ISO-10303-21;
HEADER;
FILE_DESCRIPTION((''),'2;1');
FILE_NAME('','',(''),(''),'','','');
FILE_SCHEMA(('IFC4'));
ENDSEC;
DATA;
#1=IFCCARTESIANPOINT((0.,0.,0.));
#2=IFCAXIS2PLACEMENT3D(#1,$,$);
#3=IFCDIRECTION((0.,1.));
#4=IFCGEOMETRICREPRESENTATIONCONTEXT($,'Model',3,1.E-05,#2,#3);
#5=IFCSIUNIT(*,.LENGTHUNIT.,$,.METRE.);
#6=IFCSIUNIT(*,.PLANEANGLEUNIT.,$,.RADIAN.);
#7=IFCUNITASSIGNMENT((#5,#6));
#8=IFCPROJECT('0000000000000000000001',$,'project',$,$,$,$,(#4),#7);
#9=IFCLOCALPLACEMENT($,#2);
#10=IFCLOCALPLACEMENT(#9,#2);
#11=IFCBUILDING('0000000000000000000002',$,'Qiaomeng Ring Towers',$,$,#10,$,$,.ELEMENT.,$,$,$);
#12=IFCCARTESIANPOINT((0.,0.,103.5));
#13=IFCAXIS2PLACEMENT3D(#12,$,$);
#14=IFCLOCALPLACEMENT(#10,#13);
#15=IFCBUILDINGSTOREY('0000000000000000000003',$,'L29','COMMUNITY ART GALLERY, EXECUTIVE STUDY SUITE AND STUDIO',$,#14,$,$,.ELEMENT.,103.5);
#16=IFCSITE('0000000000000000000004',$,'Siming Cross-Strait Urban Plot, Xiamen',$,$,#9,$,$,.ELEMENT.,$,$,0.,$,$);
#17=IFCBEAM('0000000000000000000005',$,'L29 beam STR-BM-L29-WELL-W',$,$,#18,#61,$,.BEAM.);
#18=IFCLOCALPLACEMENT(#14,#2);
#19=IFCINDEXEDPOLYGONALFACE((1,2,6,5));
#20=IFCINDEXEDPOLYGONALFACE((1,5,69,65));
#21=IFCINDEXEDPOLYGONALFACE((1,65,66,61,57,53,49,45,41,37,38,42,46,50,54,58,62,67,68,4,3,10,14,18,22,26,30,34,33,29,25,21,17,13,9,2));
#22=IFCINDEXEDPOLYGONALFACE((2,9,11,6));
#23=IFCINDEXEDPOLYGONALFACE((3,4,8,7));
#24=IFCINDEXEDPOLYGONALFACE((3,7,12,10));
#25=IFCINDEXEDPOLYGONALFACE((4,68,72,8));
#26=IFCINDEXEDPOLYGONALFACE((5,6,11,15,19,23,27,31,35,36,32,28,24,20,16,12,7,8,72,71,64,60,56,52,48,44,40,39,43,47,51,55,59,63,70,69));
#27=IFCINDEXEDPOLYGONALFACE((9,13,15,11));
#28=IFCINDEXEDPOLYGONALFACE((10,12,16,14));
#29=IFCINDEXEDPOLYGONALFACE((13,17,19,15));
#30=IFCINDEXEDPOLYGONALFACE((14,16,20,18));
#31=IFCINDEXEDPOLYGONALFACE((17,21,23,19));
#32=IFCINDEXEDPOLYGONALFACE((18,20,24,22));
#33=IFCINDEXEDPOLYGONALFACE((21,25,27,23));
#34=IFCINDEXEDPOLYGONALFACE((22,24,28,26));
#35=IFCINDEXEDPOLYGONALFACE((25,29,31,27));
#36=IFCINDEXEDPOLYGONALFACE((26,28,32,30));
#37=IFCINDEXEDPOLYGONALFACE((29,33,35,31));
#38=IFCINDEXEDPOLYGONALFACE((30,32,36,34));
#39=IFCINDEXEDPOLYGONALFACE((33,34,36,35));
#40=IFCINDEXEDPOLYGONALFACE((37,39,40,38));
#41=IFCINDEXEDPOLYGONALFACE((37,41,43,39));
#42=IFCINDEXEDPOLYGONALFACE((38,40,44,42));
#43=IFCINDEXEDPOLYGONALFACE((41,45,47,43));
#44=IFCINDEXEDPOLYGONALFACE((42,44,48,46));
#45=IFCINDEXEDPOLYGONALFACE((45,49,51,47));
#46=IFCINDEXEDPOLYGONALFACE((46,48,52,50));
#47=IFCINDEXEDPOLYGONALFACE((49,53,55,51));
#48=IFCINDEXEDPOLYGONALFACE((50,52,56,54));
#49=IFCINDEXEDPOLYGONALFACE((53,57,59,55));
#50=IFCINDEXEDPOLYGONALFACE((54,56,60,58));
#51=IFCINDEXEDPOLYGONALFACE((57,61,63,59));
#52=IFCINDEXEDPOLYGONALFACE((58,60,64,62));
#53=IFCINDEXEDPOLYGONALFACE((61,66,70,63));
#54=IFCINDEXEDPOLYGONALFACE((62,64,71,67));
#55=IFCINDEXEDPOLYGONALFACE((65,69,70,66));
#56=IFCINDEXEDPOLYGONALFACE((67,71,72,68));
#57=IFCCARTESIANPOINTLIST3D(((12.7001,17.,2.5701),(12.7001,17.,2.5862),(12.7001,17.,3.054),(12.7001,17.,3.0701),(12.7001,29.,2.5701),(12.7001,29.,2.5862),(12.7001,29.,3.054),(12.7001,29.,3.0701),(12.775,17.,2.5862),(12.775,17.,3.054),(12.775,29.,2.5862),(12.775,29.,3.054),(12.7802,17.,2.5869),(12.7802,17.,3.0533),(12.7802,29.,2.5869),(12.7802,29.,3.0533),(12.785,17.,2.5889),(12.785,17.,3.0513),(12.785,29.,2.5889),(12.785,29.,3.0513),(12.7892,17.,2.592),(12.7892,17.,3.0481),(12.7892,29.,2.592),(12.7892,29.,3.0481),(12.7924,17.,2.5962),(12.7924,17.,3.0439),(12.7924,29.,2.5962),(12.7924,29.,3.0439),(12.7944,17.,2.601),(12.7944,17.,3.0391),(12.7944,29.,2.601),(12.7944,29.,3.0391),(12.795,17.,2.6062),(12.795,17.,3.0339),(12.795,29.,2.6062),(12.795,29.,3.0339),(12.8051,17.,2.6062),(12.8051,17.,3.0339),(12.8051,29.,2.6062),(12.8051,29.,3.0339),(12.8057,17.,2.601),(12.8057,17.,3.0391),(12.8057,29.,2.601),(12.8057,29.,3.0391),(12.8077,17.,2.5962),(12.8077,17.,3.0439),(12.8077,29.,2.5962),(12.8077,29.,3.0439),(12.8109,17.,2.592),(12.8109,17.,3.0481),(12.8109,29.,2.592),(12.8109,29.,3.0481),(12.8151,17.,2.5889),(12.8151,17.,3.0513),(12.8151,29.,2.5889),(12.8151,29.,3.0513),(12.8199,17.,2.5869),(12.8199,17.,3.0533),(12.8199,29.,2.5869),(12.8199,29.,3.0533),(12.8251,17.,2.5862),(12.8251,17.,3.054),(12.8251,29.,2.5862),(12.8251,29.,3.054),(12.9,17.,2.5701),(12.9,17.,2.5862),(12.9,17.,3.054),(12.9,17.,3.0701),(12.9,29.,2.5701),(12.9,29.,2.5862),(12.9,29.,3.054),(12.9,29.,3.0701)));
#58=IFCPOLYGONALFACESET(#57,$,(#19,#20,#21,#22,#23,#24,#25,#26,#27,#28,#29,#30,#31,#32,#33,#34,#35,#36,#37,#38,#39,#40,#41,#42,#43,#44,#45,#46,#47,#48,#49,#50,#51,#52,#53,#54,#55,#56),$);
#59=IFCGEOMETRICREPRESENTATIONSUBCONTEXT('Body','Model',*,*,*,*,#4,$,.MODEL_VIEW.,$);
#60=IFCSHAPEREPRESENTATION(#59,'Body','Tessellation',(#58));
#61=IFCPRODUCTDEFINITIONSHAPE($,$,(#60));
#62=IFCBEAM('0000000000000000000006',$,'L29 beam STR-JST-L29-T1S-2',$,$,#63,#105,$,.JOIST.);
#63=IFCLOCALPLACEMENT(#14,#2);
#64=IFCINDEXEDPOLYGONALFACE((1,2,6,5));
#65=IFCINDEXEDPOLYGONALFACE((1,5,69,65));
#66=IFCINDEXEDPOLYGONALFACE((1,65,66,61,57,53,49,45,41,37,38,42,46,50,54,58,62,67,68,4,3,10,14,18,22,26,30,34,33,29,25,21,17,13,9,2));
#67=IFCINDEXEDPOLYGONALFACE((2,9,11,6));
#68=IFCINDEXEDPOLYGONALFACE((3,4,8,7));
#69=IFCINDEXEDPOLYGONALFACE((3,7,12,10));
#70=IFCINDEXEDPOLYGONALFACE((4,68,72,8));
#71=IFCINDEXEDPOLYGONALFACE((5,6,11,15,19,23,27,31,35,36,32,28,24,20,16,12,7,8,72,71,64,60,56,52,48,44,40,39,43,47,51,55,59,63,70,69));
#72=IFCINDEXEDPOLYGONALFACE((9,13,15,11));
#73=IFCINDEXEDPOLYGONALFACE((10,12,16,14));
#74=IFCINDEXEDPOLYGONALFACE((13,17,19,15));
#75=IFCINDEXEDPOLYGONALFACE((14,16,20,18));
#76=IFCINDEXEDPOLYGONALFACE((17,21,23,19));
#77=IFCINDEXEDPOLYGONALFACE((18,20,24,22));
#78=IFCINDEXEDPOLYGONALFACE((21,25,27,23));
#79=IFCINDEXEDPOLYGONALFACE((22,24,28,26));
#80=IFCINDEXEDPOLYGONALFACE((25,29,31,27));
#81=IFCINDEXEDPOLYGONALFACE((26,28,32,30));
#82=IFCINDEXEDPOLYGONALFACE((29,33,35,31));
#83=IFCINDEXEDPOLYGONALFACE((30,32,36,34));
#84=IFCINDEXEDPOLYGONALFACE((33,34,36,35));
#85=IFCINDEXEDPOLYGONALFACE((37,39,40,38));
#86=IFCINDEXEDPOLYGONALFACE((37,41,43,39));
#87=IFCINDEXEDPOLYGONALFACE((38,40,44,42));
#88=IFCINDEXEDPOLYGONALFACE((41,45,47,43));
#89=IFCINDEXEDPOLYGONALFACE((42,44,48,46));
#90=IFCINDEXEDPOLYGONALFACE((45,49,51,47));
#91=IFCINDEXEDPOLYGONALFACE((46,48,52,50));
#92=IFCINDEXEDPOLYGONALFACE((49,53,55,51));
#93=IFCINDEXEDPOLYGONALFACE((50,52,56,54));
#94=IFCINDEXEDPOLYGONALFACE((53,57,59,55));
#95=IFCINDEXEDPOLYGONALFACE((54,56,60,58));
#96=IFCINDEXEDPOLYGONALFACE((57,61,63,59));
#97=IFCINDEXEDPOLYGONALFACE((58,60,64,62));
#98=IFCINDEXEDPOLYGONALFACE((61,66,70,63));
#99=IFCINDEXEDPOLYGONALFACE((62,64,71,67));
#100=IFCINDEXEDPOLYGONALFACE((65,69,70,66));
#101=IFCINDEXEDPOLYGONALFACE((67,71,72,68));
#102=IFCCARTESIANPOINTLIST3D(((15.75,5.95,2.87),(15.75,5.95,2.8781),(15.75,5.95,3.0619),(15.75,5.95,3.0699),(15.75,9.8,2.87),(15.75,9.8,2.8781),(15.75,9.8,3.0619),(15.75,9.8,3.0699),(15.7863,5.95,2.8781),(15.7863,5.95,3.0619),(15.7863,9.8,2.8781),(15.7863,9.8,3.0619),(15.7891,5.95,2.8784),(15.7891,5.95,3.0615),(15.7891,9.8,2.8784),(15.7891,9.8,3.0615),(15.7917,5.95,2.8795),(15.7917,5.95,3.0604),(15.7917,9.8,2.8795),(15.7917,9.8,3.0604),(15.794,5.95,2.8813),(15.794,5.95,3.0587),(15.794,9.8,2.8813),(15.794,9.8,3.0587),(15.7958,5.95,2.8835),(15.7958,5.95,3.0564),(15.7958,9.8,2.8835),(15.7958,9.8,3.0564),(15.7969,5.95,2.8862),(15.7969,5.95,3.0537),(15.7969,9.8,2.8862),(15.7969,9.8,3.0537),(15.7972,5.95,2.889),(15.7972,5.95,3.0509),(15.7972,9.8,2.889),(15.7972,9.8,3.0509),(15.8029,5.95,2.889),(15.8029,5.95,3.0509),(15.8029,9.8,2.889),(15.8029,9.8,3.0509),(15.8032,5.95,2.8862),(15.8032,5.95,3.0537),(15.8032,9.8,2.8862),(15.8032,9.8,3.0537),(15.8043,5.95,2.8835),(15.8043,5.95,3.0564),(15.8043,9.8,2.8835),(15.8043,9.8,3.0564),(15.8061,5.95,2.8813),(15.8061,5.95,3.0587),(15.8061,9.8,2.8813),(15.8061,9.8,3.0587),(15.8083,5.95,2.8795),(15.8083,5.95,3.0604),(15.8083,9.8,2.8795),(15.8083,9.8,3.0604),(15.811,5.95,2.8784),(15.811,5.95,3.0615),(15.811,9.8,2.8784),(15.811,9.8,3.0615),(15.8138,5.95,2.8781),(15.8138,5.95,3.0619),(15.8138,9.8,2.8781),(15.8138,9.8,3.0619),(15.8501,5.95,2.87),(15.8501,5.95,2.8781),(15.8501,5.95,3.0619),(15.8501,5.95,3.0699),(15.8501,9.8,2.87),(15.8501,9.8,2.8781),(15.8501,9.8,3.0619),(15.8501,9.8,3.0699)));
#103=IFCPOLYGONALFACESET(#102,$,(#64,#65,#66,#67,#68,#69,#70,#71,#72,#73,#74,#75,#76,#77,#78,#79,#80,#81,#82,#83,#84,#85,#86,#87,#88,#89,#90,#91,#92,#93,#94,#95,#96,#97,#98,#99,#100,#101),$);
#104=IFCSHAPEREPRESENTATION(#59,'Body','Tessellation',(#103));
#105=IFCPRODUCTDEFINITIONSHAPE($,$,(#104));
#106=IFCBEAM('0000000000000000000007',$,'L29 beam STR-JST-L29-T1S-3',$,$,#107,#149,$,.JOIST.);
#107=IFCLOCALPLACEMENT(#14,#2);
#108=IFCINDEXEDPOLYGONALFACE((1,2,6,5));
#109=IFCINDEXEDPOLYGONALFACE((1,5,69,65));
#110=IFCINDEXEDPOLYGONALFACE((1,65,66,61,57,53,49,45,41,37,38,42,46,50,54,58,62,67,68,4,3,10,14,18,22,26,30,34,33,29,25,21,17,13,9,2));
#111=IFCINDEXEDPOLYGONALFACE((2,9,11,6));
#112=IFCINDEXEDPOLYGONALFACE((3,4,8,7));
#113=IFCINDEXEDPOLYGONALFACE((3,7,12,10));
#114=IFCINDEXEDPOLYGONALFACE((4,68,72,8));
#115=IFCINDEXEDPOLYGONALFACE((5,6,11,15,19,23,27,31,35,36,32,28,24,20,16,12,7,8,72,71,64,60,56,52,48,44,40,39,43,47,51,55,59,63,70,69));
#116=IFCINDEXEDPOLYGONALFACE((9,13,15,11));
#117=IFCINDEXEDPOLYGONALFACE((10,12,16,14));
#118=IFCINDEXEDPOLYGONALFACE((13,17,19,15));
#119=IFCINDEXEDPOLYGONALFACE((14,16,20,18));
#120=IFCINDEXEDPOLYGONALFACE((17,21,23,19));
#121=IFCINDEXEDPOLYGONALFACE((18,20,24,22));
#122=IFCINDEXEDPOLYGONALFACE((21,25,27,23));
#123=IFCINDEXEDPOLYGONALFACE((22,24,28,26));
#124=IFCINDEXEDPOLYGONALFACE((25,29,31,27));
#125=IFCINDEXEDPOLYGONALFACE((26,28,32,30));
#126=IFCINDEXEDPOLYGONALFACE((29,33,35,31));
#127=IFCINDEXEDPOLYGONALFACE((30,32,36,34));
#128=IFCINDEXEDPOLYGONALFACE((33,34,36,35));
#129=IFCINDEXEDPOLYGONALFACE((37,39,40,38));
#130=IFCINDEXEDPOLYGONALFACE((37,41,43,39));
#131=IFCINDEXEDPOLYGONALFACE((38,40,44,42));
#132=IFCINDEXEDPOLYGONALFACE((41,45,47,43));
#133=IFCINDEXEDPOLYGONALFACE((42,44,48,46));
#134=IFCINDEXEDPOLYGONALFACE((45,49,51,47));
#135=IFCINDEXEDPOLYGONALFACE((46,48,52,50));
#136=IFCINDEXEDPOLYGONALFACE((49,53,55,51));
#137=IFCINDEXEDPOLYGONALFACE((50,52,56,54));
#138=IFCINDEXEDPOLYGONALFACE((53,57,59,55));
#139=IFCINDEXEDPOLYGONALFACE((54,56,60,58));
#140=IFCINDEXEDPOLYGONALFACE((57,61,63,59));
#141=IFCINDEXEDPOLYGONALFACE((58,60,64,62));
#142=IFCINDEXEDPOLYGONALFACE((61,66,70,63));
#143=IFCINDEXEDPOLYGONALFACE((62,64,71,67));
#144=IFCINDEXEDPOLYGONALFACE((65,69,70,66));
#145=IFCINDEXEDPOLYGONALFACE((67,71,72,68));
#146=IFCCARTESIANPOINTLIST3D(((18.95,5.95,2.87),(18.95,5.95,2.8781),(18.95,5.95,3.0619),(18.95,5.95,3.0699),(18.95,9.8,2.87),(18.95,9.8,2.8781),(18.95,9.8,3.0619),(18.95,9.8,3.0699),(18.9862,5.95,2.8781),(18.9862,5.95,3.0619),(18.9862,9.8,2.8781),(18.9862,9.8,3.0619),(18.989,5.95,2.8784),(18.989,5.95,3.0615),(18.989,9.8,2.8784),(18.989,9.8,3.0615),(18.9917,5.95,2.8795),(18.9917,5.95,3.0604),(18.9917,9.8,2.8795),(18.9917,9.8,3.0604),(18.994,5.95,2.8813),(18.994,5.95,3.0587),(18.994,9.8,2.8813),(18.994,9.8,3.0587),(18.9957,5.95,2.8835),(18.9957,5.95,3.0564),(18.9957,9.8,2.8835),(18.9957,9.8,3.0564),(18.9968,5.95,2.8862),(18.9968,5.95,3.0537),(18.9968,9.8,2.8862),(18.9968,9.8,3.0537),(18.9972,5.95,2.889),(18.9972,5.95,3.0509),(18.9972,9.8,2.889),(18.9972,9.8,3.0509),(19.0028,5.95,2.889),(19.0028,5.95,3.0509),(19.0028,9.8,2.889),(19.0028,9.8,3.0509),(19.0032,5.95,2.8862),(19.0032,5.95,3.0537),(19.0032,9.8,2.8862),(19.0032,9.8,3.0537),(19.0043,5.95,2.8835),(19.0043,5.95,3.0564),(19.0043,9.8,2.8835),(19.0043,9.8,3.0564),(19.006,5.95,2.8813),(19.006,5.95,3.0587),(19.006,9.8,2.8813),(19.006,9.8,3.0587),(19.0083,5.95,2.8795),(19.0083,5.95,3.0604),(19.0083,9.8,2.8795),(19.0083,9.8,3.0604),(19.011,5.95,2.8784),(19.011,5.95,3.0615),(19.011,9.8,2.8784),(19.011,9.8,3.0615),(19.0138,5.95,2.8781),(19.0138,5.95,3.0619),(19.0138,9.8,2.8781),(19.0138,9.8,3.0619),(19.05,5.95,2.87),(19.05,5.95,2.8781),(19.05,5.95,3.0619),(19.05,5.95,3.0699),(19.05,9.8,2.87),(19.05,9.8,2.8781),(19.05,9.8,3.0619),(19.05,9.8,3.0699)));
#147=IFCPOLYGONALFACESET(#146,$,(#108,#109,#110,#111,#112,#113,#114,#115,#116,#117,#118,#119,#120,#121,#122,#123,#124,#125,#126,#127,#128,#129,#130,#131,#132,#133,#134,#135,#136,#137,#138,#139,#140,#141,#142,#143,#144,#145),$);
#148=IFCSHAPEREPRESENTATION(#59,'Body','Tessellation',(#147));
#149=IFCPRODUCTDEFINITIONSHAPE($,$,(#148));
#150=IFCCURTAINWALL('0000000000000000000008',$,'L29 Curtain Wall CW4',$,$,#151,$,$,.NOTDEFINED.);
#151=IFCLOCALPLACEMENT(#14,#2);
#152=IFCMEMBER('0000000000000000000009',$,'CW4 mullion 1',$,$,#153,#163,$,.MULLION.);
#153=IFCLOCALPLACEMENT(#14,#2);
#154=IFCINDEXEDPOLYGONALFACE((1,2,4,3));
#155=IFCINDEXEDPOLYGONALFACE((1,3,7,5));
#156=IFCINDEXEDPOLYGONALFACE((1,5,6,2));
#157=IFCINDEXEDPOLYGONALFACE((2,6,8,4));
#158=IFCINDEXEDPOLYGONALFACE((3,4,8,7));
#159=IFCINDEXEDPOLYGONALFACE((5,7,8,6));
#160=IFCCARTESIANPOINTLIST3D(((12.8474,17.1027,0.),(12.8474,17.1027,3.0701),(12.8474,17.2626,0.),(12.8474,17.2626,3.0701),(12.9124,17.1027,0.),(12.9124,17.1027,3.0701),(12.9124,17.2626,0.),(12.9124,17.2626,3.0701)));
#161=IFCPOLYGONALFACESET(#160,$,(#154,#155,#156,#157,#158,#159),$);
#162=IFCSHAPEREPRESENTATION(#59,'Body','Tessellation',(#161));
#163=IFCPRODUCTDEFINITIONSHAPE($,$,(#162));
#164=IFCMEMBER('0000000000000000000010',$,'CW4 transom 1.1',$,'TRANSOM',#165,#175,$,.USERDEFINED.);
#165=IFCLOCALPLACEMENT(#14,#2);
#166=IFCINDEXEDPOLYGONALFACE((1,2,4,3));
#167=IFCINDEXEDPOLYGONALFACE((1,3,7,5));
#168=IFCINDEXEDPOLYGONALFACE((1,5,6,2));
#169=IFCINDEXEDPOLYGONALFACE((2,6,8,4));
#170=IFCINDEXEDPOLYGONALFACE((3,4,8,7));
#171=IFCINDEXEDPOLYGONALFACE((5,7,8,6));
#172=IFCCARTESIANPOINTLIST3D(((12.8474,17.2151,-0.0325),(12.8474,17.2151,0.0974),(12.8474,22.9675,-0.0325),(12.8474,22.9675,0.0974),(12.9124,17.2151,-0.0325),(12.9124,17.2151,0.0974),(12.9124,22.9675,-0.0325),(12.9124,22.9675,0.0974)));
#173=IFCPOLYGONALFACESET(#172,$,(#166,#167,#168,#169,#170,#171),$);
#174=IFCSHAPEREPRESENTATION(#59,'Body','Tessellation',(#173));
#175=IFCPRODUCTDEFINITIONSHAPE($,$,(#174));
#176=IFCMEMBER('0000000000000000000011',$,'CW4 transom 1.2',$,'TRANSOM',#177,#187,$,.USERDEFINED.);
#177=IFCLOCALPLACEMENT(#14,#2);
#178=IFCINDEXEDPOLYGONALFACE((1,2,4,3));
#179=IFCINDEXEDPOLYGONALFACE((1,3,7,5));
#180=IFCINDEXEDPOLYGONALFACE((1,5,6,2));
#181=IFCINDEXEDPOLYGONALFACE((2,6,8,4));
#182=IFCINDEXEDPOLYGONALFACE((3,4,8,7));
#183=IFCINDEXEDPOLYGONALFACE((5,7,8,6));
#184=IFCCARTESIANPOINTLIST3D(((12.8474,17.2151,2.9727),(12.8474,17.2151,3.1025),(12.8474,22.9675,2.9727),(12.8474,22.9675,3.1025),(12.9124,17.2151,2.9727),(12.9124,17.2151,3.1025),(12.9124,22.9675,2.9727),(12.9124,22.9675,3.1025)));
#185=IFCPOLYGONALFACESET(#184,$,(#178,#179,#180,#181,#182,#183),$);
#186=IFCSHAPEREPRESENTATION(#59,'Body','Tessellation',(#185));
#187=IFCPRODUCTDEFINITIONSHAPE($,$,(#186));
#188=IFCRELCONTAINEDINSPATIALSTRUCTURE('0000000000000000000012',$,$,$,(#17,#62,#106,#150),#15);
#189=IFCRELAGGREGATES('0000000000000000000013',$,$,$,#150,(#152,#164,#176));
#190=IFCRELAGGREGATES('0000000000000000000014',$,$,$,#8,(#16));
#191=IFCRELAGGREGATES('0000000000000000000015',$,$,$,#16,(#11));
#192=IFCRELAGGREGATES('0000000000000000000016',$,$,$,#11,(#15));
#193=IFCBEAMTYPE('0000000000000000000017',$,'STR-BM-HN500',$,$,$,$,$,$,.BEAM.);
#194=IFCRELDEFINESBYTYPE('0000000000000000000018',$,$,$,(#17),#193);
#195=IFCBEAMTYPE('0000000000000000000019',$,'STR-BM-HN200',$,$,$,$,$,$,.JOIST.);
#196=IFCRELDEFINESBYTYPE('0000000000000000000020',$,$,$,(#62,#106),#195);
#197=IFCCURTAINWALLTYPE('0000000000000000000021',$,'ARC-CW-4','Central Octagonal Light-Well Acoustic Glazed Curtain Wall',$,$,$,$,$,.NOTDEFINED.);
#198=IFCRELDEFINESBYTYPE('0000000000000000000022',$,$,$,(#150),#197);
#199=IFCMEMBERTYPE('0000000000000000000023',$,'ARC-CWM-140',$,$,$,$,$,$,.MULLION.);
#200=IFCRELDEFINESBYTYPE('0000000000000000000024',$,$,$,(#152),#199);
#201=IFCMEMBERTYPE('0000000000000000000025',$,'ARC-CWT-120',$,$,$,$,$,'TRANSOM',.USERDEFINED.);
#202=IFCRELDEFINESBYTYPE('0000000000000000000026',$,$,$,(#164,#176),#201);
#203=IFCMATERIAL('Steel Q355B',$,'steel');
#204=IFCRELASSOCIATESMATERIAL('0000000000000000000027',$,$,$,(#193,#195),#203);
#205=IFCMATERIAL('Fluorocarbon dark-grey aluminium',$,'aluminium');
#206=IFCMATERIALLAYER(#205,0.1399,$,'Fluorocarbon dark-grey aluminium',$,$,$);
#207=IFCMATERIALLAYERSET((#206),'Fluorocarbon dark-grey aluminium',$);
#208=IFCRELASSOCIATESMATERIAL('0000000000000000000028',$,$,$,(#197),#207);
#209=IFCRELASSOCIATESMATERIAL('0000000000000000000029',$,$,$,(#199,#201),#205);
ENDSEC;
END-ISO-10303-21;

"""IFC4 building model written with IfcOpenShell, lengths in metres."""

from ifc_helpers import new_model, si_unit, direction, frame, origin, origin_2d, place, context, subcontext, project, spatial, rectangle, i_section, extrude, source, transform, mapped, material, layer, layer_set, material_profile, profile_set, type_object, element, aggregate, save


model = new_model("IFC4")

# Units and contexts
model_context = context("Model", 3, precision=1e-05, world=origin(), true_north=direction((0.0, 1.0)))
body_context = subcontext(model_context, "Body", "Model", "MODEL_VIEW")
ifc_project = project(units=[si_unit("LENGTHUNIT", "METRE"), si_unit("PLANEANGLEUNIT", "RADIAN")], contexts=[model_context])

# Site, building, storey
site_placement = place(None, origin())
site = spatial("IfcSite", under=ifc_project, at=site_placement, Name="Siming Cross-Strait Urban Plot, Xiamen", CompositionType="ELEMENT", RefElevation=0.0)
building_placement = place(site_placement, origin())
building = spatial("IfcBuilding", under=site, at=building_placement, Name="Qiaomeng Ring Towers", CompositionType="ELEMENT")
storey_placement = place(building_placement, frame((0.0, 0.0, 103.5)))
storey = spatial("IfcBuildingStorey", under=building, at=storey_placement, Name="L29", Description="COMMUNITY ART GALLERY, EXECUTIVE STUDY SUITE AND STUDIO", CompositionType="ELEMENT", Elevation=103.5)

# Beams
ifc_material_1 = material(Name="Steel Q355B", Category="steel")
ifc_material_profile_1 = material_profile(ifc_material_1, i_section(OverallWidth=0.2, OverallDepth=0.5, WebThickness=0.01, FlangeThickness=0.0161, FilletRadius=0.02, at=origin_2d()), Name="HN 500x200x10x16")
ifc_profile_set_1 = profile_set([ifc_material_profile_1], Name="Steel Q355B")
beam_type_1 = type_object("IfcBeamType", Name="STR-BM-HN500", PredefinedType="BEAM", material=ifc_profile_set_1)
shared_shape_1 = source(origin(), body_context, "Body", "SweptSolid", [
    extrude(i_section(OverallWidth=0.2, OverallDepth=0.5, WebThickness=0.01, FlangeThickness=0.0161, FilletRadius=0.02, at=origin_2d()), origin(), (0.0, 0.0, 1.0), 12.0),
])
beam_placement = place(storey_placement, frame((12.8, 17.0, 2.8201), z_axis=(0.0, 1.0, 0.0), x_axis=(-1.0, 0.0, 0.0)))
element("IfcBeam", 1, at=beam_placement, inside=storey, type_object=beam_type_1, Name="L29 beam STR-BM-L29-WELL-W", PredefinedType="BEAM", context=body_context, shape_type="MappedRepresentation", body=[
    mapped(shared_shape_1, transform((0.0, 0.0, 0.0), x_axis=(1.0, 0.0, 0.0), y_axis=(0.0, 1.0, 0.0), z_axis=(0.0, 0.0, 1.0), scale=1.0)),
])
ifc_material_profile_2 = material_profile(ifc_material_1, i_section(OverallWidth=0.1001, OverallDepth=0.2, WebThickness=0.0056, FlangeThickness=0.0081, FilletRadius=0.011, at=origin_2d()), Name="HN 200x100x5.5x8")
ifc_profile_set_2 = profile_set([ifc_material_profile_2], Name="Steel Q355B")
beam_type_2 = type_object("IfcBeamType", Name="STR-BM-HN200", PredefinedType="JOIST", material=ifc_profile_set_2)
shared_shape_2 = source(origin(), body_context, "Body", "SweptSolid", [
    extrude(i_section(OverallWidth=0.1001, OverallDepth=0.2, WebThickness=0.0056, FlangeThickness=0.0081, FilletRadius=0.011, at=origin_2d()), origin(), (0.0, 0.0, 1.0), 3.8501),
])
for number, where, z_axis, x_axis, name in (
    (2, (15.8, 5.95, 2.97), (0.0, 1.0, 0.0), (-1.0, 0.0, 0.0), "L29 beam STR-JST-L29-T1S-2"),
    (3, (19.0, 5.95, 2.97), (0.0, 1.0, 0.0), (-1.0, 0.0, 0.0), "L29 beam STR-JST-L29-T1S-3"),
):
    element("IfcBeam", number, at=place(storey_placement, frame(where, z_axis=z_axis, x_axis=x_axis)), inside=storey, type_object=beam_type_2, Name=name, PredefinedType="JOIST", context=body_context, shape_type="MappedRepresentation", body=[
        mapped(shared_shape_2, transform((0.0, 0.0, 0.0), x_axis=(1.0, 0.0, 0.0), y_axis=(0.0, 1.0, 0.0), z_axis=(0.0, 0.0, 1.0), scale=1.0)),
    ])

# Curtain wall, members
ifc_material_2 = material(Name="Fluorocarbon dark-grey aluminium", Category="aluminium")
ifc_layer_1 = layer(ifc_material_2, 0.1399, Name="Fluorocarbon dark-grey aluminium")
ifc_layer_set_1 = layer_set([ifc_layer_1], Name="Fluorocarbon dark-grey aluminium")
curtain_wall_type = type_object("IfcCurtainWallType", Name="ARC-CW-4", Description="Central Octagonal Light-Well Acoustic Glazed Curtain Wall", PredefinedType="NOTDEFINED", material=ifc_layer_set_1)
curtain_wall_placement = place(storey_placement, origin())
curtain_wall = element("IfcCurtainWall", 4, at=curtain_wall_placement, inside=storey, type_object=curtain_wall_type, Name="L29 Curtain Wall CW4", PredefinedType="NOTDEFINED")
ifc_material_profile_3 = material_profile(ifc_material_2, rectangle(XDim=0.0649, YDim=0.1599, at=origin_2d()), Name="ALU MULL 65x160")
ifc_profile_set_3 = profile_set([ifc_material_profile_3], Name="Fluorocarbon dark-grey aluminium")
member_type_1 = type_object("IfcMemberType", Name="ARC-CWM-140", PredefinedType="MULLION", material=ifc_profile_set_3)
shared_shape_3 = source(origin(), body_context, "Body", "SweptSolid", [
    extrude(rectangle(XDim=0.0649, YDim=0.1599, at=origin_2d()), origin(), (0.0, 0.0, 1.0), 3.0701),
])
member_1_placement = place(storey_placement, frame((12.8799, 17.1826, 0.0), z_axis=(0.0, 0.0, 1.0), x_axis=(-1.0, 0.0, 0.0)))
member_1 = element("IfcMember", 5, at=member_1_placement, type_object=member_type_1, Name="CW4 mullion 1", PredefinedType="MULLION", context=body_context, shape_type="MappedRepresentation", body=[
    mapped(shared_shape_3, transform((0.0, 0.0, 0.0), x_axis=(1.0, 0.0, 0.0), y_axis=(0.0, 1.0, 0.0), z_axis=(0.0, 0.0, 1.0), scale=1.0)),
])
ifc_material_profile_4 = material_profile(ifc_material_2, rectangle(XDim=0.0649, YDim=0.1299, at=origin_2d()), Name="ALU TRAN 65x130")
ifc_profile_set_4 = profile_set([ifc_material_profile_4], Name="Fluorocarbon dark-grey aluminium")
member_type_2 = type_object("IfcMemberType", Name="ARC-CWT-120", ElementType="TRANSOM", PredefinedType="USERDEFINED", material=ifc_profile_set_4)
shared_shape_4 = source(origin(), body_context, "Body", "SweptSolid", [
    extrude(rectangle(XDim=0.0649, YDim=0.1299, at=origin_2d()), origin(), (0.0, 0.0, 1.0), 5.7524),
])
member_2_placement = place(storey_placement, frame((12.8799, 17.2151, 0.0325), z_axis=(0.0, 1.0, 0.0), x_axis=(-1.0, 0.0, 0.0)))
member_2 = element("IfcMember", 6, at=member_2_placement, type_object=member_type_2, Name="CW4 transom 1.1", ObjectType="TRANSOM", PredefinedType="USERDEFINED", context=body_context, shape_type="MappedRepresentation", body=[
    mapped(shared_shape_4, transform((0.0, 0.0, 0.0), x_axis=(1.0, 0.0, 0.0), y_axis=(0.0, 1.0, 0.0), z_axis=(0.0, 0.0, 1.0), scale=1.0)),
])
member_3_placement = place(storey_placement, frame((12.8799, 17.2151, 3.0376), z_axis=(0.0, 1.0, 0.0), x_axis=(-1.0, 0.0, 0.0)))
member_3 = element("IfcMember", 7, at=member_3_placement, type_object=member_type_2, Name="CW4 transom 1.2", ObjectType="TRANSOM", PredefinedType="USERDEFINED", context=body_context, shape_type="MappedRepresentation", body=[
    mapped(shared_shape_4, transform((0.0, 0.0, 0.0), x_axis=(1.0, 0.0, 0.0), y_axis=(0.0, 1.0, 0.0), z_axis=(0.0, 0.0, 1.0), scale=1.0)),
])
aggregate(curtain_wall, [member_1, member_2, member_3])

save(model, "model.ifc")
